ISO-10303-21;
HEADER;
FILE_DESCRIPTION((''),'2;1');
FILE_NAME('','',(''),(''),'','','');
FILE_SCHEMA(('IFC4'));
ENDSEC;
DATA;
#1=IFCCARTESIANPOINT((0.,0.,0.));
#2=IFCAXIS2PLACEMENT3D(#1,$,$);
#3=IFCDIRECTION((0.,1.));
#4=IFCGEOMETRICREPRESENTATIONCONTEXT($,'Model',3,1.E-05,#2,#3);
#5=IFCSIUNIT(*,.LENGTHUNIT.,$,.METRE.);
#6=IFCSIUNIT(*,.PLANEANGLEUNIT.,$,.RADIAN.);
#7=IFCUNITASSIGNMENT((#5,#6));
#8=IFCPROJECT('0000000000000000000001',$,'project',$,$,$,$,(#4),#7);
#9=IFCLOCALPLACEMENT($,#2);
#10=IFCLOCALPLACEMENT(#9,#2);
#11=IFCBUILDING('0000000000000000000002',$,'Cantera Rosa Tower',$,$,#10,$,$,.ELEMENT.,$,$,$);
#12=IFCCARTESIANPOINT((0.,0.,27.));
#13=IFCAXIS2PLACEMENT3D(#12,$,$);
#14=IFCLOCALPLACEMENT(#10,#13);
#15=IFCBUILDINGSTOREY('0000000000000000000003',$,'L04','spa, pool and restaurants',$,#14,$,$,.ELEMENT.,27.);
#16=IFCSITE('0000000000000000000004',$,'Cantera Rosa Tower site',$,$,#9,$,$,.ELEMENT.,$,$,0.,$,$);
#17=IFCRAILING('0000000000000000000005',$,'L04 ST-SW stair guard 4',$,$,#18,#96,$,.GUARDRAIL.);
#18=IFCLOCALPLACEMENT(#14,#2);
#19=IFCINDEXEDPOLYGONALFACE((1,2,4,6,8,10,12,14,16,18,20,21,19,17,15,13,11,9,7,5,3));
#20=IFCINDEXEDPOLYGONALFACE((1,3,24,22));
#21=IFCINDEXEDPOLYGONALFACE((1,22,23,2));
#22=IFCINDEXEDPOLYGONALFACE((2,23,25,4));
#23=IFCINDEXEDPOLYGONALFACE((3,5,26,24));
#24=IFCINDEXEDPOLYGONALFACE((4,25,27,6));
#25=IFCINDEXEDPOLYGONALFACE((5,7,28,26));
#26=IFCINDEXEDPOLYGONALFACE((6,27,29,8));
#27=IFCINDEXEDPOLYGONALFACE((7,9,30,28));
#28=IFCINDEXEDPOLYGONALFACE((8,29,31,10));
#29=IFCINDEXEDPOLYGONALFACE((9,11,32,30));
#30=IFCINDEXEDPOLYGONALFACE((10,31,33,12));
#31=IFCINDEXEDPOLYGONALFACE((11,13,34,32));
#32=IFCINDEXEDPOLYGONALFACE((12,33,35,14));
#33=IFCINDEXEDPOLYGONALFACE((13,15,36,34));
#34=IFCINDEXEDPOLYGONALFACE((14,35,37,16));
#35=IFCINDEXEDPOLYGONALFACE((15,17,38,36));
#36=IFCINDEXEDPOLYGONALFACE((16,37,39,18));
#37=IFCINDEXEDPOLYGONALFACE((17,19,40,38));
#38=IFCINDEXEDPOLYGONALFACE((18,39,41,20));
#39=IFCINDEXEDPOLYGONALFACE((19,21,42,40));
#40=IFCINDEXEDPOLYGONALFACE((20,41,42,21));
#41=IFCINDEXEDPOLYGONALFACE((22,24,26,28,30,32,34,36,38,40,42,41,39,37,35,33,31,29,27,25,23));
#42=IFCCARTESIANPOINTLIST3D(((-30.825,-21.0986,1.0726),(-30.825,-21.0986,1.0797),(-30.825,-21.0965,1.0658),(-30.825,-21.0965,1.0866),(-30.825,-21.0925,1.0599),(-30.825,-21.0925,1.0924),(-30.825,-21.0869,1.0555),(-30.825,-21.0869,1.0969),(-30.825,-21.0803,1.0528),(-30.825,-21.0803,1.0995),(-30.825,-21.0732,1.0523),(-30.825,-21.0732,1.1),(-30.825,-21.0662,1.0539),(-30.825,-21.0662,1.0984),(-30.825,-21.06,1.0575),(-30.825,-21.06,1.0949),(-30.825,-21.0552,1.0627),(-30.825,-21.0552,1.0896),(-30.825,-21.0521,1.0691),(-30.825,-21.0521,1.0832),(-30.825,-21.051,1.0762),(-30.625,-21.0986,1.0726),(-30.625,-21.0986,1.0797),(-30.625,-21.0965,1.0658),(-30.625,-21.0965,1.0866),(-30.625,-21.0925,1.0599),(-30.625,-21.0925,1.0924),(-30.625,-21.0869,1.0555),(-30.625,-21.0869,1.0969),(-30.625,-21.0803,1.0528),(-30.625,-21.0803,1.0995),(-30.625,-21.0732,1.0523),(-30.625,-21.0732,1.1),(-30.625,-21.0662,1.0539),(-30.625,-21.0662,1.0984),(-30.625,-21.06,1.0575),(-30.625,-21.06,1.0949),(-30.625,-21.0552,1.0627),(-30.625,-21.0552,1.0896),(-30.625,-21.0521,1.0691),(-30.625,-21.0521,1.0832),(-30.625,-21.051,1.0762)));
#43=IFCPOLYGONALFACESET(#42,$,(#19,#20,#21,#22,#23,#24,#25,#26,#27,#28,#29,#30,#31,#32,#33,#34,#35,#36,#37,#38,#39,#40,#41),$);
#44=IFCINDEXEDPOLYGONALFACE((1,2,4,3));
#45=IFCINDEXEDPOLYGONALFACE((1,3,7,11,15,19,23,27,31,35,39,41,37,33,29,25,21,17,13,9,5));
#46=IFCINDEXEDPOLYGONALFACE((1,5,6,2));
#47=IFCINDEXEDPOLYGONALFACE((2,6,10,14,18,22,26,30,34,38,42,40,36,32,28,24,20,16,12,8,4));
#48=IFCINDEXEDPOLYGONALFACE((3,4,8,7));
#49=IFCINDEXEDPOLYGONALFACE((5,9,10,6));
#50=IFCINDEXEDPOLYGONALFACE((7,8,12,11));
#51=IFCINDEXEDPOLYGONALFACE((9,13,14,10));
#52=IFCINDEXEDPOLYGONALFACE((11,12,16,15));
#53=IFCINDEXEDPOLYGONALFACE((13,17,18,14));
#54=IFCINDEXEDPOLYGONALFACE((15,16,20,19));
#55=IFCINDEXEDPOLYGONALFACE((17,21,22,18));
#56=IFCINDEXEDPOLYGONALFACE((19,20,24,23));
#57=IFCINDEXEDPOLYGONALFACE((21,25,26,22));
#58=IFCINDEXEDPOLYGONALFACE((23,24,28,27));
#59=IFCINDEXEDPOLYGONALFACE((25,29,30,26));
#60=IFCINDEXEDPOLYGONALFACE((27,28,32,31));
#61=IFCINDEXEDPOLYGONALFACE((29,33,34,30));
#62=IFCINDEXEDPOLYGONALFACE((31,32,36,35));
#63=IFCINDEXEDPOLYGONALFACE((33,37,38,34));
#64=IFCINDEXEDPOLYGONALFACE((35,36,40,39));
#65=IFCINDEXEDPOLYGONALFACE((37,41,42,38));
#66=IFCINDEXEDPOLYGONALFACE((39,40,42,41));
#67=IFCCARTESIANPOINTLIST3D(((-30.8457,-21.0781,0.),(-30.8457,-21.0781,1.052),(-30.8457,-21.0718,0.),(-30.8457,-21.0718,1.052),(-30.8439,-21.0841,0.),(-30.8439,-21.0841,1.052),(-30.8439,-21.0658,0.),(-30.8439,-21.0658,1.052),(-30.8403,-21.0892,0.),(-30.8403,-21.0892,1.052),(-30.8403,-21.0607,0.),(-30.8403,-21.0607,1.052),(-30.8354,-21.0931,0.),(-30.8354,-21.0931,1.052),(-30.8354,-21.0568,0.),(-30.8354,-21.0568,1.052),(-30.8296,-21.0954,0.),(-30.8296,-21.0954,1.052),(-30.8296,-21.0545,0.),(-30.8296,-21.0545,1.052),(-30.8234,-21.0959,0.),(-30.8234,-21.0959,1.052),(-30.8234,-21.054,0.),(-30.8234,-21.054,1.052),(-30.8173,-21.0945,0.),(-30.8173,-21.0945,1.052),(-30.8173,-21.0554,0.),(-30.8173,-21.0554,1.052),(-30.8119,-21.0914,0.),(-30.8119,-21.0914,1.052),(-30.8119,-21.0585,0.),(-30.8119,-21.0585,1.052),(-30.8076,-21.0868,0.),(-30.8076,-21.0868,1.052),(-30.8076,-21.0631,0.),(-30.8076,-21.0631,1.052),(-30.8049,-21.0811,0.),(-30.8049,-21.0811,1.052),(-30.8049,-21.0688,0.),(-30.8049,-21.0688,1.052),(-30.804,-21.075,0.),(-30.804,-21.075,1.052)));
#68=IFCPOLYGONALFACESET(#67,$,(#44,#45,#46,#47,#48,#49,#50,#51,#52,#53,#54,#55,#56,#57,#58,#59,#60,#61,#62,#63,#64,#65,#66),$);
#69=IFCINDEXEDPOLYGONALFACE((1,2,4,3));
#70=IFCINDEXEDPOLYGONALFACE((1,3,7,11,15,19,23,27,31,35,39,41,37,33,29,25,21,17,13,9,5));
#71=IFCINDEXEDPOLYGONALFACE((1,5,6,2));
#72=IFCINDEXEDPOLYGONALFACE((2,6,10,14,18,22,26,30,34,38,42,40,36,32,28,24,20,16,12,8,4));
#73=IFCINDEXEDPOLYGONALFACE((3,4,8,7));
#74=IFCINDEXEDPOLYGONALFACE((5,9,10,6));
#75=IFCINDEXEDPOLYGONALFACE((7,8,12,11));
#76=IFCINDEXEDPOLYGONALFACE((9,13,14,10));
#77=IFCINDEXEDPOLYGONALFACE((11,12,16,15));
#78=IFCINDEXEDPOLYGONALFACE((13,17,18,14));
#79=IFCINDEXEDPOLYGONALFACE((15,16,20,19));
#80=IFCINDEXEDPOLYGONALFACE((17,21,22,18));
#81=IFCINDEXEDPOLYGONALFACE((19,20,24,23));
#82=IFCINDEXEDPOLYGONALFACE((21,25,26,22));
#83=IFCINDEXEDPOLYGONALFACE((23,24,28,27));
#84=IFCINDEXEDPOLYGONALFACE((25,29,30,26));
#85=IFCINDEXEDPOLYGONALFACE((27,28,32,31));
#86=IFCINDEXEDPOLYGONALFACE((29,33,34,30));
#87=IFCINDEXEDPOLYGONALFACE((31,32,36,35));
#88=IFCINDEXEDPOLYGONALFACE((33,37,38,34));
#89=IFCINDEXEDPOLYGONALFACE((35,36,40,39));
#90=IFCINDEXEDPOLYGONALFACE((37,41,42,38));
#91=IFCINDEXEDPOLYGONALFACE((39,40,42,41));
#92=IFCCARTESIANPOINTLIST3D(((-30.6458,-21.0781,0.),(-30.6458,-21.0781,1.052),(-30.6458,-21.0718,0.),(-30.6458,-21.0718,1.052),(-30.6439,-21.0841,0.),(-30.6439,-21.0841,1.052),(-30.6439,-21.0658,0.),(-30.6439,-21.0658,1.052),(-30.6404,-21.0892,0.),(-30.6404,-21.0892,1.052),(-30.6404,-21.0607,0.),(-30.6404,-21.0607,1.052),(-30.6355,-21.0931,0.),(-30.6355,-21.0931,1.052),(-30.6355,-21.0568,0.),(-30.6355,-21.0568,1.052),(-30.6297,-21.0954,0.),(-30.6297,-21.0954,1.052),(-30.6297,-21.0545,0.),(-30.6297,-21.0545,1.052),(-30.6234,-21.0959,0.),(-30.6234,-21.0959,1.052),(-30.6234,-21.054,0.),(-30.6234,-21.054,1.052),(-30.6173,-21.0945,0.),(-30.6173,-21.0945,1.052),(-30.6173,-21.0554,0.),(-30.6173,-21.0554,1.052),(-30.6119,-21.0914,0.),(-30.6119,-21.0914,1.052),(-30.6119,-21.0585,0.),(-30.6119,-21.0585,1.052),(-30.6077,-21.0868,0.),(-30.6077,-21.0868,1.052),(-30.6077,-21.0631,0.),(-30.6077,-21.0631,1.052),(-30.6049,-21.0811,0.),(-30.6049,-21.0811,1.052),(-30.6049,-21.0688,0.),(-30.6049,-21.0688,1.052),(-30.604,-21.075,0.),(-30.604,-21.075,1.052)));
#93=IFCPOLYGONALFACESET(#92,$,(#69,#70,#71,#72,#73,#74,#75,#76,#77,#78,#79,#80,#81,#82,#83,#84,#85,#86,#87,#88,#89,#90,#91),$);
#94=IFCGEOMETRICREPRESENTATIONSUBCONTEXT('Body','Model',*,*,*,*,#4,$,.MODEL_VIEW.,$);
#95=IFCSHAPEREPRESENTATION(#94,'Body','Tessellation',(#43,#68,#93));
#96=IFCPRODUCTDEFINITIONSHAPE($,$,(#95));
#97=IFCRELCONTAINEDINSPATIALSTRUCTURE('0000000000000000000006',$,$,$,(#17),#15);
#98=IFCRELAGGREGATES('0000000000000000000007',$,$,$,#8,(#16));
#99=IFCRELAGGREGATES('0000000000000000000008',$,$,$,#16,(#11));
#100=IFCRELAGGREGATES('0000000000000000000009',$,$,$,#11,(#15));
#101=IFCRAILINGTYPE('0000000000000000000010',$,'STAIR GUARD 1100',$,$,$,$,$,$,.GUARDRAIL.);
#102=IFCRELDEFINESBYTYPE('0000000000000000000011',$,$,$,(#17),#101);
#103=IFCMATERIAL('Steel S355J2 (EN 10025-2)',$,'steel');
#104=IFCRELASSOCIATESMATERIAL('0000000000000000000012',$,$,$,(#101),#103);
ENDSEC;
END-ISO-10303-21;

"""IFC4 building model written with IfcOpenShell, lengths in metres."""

from ifc_helpers import new_model, si_unit, direction, frame, origin, origin_2d, place, context, subcontext, project, spatial, circle, extrude, material, type_object, element, save


model = new_model("IFC4")

# Units and contexts
model_context = context("Model", 3, precision=1e-05, world=origin(), true_north=direction((0.0, 1.0)))
body_context = subcontext(model_context, "Body", "Model", "MODEL_VIEW")
ifc_project = project(units=[si_unit("LENGTHUNIT", "METRE"), si_unit("PLANEANGLEUNIT", "RADIAN")], contexts=[model_context])

# Site, building, storey
site_placement = place(None, origin())
site = spatial("IfcSite", under=ifc_project, at=site_placement, Name="Cantera Rosa Tower site", CompositionType="ELEMENT", RefElevation=0.0)
building_placement = place(site_placement, origin())
building = spatial("IfcBuilding", under=site, at=building_placement, Name="Cantera Rosa Tower", CompositionType="ELEMENT")
storey_placement = place(building_placement, frame((0.0, 0.0, 27.0)))
storey = spatial("IfcBuildingStorey", under=building, at=storey_placement, Name="L04", Description="spa, pool and restaurants", CompositionType="ELEMENT", Elevation=27.0)

# Railing
ifc_material_1 = material(Name="Steel S355J2 (EN 10025-2)", Category="steel")
railing_type_1 = type_object("IfcRailingType", Name="STAIR GUARD 1100", PredefinedType="GUARDRAIL", material=ifc_material_1)
railing_1_placement = place(storey_placement, frame((-30.825, -21.075, 0.0)))
element("IfcRailing", 1, at=railing_1_placement, inside=storey, type_object=railing_type_1, Name="L04 ST-SW stair guard 4", PredefinedType="GUARDRAIL", context=body_context, shape_type="SweptSolid", body=[
    extrude(circle(Radius=0.0239, at=origin_2d()), frame((0.0, 0.0, 1.0762), z_axis=(1.0, 0.0, 0.0), x_axis=(0.0, 1.0, 0.0)), (0.0, 0.0, 1.0), 0.2),
    extrude(circle(Radius=0.021, at=origin_2d()), origin(), (0.0, 0.0, 1.0), 1.052),
    extrude(circle(Radius=0.021, at=origin_2d()), frame((0.2, 0.0, 0.0)), (0.0, 0.0, 1.0), 1.052),
])

save(model, "model.ifc")
